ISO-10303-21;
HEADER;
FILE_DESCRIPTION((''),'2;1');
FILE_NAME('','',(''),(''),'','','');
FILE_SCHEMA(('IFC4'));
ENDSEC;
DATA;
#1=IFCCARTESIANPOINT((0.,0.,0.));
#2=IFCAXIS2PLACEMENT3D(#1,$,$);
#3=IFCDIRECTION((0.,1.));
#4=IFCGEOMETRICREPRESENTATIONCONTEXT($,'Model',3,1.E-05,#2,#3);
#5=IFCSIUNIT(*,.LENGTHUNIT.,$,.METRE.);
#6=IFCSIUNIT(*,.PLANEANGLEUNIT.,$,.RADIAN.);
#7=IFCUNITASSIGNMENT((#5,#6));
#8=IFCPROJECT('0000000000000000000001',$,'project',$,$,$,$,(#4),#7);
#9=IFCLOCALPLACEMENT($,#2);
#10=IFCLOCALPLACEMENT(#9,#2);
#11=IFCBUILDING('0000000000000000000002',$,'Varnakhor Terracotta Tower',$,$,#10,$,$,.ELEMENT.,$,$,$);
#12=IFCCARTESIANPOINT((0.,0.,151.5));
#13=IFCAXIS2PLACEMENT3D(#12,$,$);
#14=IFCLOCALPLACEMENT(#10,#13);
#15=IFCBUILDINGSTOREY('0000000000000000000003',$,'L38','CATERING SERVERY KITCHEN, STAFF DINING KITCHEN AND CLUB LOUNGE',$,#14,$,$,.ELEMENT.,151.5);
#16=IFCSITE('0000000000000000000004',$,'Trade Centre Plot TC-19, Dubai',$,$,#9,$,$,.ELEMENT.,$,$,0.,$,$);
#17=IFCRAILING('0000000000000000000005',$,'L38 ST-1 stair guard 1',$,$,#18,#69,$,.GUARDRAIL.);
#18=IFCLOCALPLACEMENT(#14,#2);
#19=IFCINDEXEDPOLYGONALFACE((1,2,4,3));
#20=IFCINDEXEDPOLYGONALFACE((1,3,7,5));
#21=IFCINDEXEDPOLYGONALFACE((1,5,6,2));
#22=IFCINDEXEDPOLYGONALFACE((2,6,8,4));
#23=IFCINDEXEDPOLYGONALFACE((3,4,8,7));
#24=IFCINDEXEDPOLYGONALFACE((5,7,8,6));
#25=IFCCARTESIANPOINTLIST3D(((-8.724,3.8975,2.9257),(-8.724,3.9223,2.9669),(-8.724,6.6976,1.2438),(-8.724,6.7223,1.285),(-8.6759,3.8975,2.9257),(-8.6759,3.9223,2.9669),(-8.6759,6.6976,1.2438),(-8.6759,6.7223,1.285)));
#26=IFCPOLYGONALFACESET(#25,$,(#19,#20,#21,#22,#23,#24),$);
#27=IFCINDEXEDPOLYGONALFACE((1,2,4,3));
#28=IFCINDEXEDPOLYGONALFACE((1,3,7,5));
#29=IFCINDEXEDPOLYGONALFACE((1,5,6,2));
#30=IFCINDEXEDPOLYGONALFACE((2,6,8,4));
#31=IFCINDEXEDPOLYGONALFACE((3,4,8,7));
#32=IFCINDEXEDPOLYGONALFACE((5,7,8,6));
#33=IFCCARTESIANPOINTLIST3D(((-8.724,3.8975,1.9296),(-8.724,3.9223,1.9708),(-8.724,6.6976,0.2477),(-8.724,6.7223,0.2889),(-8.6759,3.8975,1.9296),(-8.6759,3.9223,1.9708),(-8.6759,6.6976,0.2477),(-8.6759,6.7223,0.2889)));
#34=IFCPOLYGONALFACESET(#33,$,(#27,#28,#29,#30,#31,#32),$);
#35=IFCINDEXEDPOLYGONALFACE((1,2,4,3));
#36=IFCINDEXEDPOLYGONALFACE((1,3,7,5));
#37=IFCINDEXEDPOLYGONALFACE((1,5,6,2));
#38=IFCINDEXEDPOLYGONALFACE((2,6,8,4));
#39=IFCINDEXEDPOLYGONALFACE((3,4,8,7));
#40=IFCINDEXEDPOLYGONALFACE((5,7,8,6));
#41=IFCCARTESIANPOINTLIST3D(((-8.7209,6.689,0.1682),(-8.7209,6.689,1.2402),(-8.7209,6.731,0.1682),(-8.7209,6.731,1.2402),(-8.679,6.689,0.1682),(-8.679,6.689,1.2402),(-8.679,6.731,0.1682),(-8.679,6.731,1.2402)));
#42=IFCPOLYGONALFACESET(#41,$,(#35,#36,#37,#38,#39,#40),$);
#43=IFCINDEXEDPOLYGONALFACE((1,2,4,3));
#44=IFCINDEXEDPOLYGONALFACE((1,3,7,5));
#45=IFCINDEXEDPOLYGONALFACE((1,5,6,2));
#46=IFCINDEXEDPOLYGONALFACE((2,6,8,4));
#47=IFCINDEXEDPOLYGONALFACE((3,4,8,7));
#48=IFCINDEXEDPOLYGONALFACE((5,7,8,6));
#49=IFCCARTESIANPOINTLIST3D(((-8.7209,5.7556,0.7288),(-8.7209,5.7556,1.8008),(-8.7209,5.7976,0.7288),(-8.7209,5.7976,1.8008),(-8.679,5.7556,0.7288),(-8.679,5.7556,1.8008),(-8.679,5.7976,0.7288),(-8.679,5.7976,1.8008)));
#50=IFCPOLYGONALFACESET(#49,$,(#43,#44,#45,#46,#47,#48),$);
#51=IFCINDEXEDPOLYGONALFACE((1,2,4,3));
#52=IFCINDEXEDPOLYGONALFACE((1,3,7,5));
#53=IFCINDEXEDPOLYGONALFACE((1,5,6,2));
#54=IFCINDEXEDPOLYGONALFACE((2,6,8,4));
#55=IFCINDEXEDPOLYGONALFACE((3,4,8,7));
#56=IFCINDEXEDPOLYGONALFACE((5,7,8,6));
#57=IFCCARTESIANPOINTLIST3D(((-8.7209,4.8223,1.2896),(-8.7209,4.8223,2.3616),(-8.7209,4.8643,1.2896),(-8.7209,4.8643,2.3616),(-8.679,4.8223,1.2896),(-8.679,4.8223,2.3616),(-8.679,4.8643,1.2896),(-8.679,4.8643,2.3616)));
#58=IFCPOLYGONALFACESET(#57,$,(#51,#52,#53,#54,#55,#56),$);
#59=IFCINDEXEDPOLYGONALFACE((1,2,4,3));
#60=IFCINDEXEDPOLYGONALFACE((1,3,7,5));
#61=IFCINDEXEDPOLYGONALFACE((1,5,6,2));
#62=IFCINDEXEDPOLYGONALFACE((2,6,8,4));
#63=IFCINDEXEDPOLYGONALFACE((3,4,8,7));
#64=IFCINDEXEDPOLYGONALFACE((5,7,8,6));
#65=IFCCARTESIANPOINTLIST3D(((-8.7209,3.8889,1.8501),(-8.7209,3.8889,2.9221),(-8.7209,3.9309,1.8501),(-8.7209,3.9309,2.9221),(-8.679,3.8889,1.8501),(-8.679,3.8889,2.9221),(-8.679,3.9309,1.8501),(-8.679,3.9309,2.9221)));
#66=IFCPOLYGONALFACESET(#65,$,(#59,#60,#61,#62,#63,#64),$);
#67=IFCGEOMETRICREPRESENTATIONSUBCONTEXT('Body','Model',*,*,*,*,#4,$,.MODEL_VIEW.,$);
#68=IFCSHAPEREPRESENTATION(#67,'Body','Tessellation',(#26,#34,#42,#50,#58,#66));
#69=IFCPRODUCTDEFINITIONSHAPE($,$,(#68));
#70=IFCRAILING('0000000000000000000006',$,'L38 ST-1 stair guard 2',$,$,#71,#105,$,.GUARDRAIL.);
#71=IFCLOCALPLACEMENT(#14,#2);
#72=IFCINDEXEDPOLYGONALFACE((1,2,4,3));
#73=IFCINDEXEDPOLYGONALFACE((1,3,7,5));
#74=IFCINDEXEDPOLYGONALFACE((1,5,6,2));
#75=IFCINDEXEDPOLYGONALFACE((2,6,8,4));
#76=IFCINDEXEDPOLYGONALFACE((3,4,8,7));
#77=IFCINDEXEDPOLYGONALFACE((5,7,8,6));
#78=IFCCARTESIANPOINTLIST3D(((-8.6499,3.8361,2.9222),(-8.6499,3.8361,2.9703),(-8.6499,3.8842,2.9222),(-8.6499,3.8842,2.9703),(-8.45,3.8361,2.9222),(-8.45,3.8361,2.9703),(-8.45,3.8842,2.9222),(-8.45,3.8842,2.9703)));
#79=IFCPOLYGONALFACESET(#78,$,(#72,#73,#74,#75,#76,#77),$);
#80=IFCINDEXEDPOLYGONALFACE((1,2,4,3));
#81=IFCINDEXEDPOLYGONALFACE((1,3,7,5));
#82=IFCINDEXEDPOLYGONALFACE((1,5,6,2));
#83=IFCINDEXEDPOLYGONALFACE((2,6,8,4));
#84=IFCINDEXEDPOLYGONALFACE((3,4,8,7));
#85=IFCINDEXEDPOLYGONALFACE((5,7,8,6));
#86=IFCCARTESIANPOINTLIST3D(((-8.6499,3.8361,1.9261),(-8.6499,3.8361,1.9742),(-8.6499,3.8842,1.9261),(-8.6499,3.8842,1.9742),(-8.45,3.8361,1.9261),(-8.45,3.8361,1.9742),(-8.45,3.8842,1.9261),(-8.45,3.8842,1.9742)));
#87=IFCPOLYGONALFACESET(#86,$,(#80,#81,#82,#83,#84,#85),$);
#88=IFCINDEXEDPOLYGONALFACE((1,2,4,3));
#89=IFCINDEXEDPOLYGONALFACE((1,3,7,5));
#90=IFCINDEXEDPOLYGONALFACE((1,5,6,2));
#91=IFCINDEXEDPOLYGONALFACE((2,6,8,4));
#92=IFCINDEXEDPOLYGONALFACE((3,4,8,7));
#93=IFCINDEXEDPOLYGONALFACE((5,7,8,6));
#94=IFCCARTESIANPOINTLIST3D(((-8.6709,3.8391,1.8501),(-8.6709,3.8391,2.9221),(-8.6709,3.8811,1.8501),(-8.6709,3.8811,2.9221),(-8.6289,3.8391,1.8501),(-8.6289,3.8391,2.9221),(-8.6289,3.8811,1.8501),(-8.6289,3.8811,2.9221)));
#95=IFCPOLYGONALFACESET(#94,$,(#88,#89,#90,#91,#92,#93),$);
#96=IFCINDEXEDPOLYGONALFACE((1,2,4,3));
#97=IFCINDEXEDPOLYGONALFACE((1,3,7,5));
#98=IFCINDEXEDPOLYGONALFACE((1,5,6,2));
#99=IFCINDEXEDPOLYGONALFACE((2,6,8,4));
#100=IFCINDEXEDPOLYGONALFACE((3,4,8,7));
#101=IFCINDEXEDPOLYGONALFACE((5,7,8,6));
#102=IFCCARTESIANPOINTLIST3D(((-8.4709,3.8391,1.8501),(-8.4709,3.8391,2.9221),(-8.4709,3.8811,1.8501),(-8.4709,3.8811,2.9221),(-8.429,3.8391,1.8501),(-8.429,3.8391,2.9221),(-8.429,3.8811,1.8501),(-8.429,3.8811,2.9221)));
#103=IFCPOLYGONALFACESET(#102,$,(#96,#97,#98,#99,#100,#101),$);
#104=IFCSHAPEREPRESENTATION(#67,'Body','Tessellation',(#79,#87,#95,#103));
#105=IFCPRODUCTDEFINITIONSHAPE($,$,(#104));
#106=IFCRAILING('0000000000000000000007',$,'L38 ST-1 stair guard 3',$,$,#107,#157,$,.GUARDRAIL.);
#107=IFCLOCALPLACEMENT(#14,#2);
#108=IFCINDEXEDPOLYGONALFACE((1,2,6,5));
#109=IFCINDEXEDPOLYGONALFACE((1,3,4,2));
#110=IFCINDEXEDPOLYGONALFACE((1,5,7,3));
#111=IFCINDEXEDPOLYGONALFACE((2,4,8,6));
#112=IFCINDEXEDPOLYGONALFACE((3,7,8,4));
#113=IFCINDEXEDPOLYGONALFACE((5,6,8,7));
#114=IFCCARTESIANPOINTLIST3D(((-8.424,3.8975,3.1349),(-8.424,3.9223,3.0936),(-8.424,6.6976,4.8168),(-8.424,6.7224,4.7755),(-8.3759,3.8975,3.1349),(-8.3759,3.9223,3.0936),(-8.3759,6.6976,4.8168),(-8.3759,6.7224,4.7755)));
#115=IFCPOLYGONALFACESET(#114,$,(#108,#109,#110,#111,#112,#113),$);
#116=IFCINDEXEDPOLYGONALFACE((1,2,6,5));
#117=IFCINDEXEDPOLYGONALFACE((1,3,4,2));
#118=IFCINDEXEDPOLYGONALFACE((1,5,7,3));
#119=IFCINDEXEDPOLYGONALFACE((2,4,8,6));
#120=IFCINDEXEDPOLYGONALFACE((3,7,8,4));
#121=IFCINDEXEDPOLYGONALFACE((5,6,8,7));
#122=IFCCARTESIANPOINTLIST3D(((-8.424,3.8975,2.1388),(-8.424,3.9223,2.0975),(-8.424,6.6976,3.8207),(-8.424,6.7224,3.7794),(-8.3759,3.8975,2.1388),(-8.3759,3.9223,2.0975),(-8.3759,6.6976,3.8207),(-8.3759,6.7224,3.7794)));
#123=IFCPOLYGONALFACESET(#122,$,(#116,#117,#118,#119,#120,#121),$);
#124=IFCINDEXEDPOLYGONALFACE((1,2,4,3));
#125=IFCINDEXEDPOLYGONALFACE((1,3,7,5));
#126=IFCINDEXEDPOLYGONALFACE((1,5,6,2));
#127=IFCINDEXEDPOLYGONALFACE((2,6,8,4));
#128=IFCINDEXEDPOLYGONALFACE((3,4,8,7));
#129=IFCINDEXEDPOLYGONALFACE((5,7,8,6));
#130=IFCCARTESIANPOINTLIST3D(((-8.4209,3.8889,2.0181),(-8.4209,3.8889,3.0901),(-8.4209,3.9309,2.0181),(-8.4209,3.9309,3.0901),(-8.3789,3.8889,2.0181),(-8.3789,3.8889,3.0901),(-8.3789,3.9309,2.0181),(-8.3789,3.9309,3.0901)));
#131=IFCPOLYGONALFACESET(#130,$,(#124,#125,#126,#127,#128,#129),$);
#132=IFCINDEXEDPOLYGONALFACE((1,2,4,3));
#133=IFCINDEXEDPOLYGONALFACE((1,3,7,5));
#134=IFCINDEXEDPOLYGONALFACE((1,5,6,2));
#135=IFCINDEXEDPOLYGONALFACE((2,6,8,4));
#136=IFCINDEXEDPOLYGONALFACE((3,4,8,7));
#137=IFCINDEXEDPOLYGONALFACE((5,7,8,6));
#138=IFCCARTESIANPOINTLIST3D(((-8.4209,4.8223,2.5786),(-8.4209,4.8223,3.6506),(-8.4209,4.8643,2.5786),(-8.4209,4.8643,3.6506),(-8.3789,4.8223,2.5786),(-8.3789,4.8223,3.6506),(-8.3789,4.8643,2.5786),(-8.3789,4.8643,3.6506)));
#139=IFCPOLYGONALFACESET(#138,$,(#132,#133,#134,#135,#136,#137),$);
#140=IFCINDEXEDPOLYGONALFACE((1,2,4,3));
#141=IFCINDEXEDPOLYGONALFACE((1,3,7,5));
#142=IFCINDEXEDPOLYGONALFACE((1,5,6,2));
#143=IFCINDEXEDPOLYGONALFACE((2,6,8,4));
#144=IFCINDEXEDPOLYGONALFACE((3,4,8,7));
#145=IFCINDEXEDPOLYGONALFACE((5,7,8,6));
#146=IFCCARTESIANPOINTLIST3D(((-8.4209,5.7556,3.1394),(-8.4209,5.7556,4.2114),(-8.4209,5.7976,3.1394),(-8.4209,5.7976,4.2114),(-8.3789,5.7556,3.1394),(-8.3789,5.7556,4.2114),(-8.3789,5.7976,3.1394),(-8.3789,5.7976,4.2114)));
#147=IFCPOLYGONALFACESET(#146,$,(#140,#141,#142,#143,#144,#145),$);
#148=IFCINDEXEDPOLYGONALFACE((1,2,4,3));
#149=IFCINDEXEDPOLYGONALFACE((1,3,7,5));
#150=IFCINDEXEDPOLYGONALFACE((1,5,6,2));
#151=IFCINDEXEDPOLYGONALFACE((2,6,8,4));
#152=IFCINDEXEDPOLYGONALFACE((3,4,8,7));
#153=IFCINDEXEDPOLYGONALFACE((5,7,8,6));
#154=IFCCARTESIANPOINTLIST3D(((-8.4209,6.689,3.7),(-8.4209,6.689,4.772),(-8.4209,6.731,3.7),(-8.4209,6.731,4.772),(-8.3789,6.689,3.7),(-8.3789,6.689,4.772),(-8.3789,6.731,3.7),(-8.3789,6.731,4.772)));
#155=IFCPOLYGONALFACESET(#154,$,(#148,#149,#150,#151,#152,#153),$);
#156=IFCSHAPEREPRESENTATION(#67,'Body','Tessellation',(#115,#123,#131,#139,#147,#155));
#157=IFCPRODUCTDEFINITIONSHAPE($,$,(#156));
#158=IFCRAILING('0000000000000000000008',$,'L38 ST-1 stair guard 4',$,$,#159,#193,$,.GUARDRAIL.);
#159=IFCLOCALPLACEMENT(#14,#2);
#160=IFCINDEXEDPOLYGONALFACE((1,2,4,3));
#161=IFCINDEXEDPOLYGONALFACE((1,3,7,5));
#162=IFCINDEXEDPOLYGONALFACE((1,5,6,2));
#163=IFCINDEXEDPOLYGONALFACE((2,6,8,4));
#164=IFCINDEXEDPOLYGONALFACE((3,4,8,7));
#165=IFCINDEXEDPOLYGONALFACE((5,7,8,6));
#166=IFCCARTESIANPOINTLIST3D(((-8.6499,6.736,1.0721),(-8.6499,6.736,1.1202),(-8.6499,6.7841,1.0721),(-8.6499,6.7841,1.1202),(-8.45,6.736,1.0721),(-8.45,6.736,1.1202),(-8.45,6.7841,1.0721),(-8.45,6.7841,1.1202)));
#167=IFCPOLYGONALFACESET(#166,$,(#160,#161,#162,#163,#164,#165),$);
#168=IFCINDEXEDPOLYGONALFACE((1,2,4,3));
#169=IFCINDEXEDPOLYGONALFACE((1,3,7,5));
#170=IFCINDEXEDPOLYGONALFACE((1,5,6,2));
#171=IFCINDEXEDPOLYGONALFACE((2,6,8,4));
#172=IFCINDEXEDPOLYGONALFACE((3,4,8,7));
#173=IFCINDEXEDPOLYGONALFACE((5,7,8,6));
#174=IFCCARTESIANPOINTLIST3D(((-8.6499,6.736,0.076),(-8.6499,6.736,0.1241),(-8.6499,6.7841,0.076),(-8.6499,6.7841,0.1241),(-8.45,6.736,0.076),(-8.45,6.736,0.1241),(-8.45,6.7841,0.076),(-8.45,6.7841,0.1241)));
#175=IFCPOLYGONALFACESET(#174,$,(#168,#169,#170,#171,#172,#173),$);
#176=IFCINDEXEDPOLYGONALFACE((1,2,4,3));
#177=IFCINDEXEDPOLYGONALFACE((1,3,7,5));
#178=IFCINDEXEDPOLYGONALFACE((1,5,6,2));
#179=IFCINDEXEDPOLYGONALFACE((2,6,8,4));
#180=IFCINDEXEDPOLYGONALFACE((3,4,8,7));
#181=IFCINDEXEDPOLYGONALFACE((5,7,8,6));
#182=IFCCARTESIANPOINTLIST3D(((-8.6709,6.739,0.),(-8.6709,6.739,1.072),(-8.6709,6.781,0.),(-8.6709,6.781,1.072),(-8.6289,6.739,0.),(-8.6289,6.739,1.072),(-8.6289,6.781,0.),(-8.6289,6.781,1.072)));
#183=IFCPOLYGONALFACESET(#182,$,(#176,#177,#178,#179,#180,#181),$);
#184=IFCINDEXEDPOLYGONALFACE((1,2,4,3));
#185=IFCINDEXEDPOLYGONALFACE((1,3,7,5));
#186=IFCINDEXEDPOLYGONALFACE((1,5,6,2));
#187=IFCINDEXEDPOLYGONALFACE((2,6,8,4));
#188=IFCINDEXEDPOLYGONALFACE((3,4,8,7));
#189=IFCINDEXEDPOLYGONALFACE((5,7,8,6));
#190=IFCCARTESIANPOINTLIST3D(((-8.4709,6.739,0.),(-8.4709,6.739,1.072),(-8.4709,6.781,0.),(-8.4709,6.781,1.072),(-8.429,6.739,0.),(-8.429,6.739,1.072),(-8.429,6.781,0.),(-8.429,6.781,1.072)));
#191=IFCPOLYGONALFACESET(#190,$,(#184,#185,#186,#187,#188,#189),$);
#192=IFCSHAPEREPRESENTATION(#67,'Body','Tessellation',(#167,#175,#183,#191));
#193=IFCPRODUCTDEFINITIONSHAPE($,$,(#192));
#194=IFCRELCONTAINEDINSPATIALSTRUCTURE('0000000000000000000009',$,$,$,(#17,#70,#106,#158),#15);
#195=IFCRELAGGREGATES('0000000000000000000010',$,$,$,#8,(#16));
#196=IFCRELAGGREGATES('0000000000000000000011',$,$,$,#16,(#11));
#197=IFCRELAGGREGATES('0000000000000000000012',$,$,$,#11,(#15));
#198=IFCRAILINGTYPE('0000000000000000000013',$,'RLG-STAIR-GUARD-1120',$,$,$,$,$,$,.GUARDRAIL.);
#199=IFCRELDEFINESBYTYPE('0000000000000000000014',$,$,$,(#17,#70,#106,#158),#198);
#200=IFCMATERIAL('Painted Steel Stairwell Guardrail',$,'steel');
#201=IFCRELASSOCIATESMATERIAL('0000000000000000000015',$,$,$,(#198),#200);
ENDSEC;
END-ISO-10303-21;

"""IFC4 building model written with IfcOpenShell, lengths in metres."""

from ifc_helpers import new_model, si_unit, direction, frame, origin, origin_2d, place, context, subcontext, project, spatial, rectangle, extrude, material, type_object, element, save


model = new_model("IFC4")

# Units and contexts
model_context = context("Model", 3, precision=1e-05, world=origin(), true_north=direction((0.0, 1.0)))
body_context = subcontext(model_context, "Body", "Model", "MODEL_VIEW")
ifc_project = project(units=[si_unit("LENGTHUNIT", "METRE"), si_unit("PLANEANGLEUNIT", "RADIAN")], contexts=[model_context])

# Site, building, storey
site_placement = place(None, origin())
site = spatial("IfcSite", under=ifc_project, at=site_placement, Name="Trade Centre Plot TC-19, Dubai", CompositionType="ELEMENT", RefElevation=0.0)
building_placement = place(site_placement, origin())
building = spatial("IfcBuilding", under=site, at=building_placement, Name="Varnakhor Terracotta Tower", CompositionType="ELEMENT")
storey_placement = place(building_placement, frame((0.0, 0.0, 151.5)))
storey = spatial("IfcBuildingStorey", under=building, at=storey_placement, Name="L38", Description="CATERING SERVERY KITCHEN, STAFF DINING KITCHEN AND CLUB LOUNGE", CompositionType="ELEMENT", Elevation=151.5)

# Railings
ifc_material_1 = material(Name="Painted Steel Stairwell Guardrail", Category="steel")
railing_type_1 = type_object("IfcRailingType", Name="RLG-STAIR-GUARD-1120", PredefinedType="GUARDRAIL", material=ifc_material_1)
railing_1_placement = place(storey_placement, frame((-8.7, 6.71, 0.1682)))
element("IfcRailing", 1, at=railing_1_placement, inside=storey, type_object=railing_type_1, Name="L38 ST-1 stair guard 1", PredefinedType="GUARDRAIL", context=body_context, shape_type="SweptSolid", body=[
    extrude(rectangle(XDim=0.0481, YDim=0.0481, at=origin_2d()), frame((0.0, 0.0, 1.0962), z_axis=(0.0, -0.857242, 0.514913), x_axis=(1.0, 0.0, 0.0)), (0.0, 0.0, 1.0), 3.2664),
    extrude(rectangle(XDim=0.0481, YDim=0.0481, at=origin_2d()), frame((0.0, 0.0, 0.1001), z_axis=(0.0, -0.857242, 0.514913), x_axis=(1.0, 0.0, 0.0)), (0.0, 0.0, 1.0), 3.2664),
    extrude(rectangle(XDim=0.042, YDim=0.042, at=origin_2d()), origin(), (0.0, 0.0, 1.0), 1.072),
    extrude(rectangle(XDim=0.042, YDim=0.042, at=origin_2d()), frame((0.0, -0.9333, 0.5605)), (0.0, 0.0, 1.0), 1.072),
    extrude(rectangle(XDim=0.042, YDim=0.042, at=origin_2d()), frame((0.0, -1.8667, 1.1213)), (0.0, 0.0, 1.0), 1.072),
    extrude(rectangle(XDim=0.042, YDim=0.042, at=origin_2d()), frame((0.0, -2.8, 1.6819)), (0.0, 0.0, 1.0), 1.072),
])
railing_2_placement = place(storey_placement, frame((-8.6499, 3.8601, 1.8501)))
element("IfcRailing", 2, at=railing_2_placement, inside=storey, type_object=railing_type_1, Name="L38 ST-1 stair guard 2", PredefinedType="GUARDRAIL", context=body_context, shape_type="SweptSolid", body=[
    extrude(rectangle(XDim=0.0481, YDim=0.0481, at=origin_2d()), frame((0.0, 0.0, 1.0962), z_axis=(1.0, 0.0, 0.0), x_axis=(0.0, 1.0, 0.0)), (0.0, 0.0, 1.0), 0.2),
    extrude(rectangle(XDim=0.0481, YDim=0.0481, at=origin_2d()), frame((0.0, 0.0, 0.1001), z_axis=(1.0, 0.0, 0.0), x_axis=(0.0, 1.0, 0.0)), (0.0, 0.0, 1.0), 0.2),
    extrude(rectangle(XDim=0.042, YDim=0.042, at=origin_2d()), origin(), (0.0, 0.0, 1.0), 1.072),
    extrude(rectangle(XDim=0.042, YDim=0.042, at=origin_2d()), frame((0.2, 0.0, 0.0)), (0.0, 0.0, 1.0), 1.072),
])
railing_3_placement = place(storey_placement, frame((-8.3999, 3.9099, 2.0181)))
element("IfcRailing", 3, at=railing_3_placement, inside=storey, type_object=railing_type_1, Name="L38 ST-1 stair guard 3", PredefinedType="GUARDRAIL", context=body_context, shape_type="SweptSolid", body=[
    extrude(rectangle(XDim=0.0481, YDim=0.0481, at=origin_2d()), frame((0.0, 0.0, 1.0962), z_axis=(0.0, 0.857242, 0.514913), x_axis=(-1.0, 0.0, 0.0)), (0.0, 0.0, 1.0), 3.2664),
    extrude(rectangle(XDim=0.0481, YDim=0.0481, at=origin_2d()), frame((0.0, 0.0, 0.1001), z_axis=(0.0, 0.857242, 0.514913), x_axis=(-1.0, 0.0, 0.0)), (0.0, 0.0, 1.0), 3.2664),
    extrude(rectangle(XDim=0.042, YDim=0.042, at=origin_2d()), origin(), (0.0, 0.0, 1.0), 1.072),
    extrude(rectangle(XDim=0.042, YDim=0.042, at=origin_2d()), frame((0.0, 0.9333, 0.5605)), (0.0, 0.0, 1.0), 1.072),
    extrude(rectangle(XDim=0.042, YDim=0.042, at=origin_2d()), frame((0.0, 1.8667, 1.1213)), (0.0, 0.0, 1.0), 1.072),
    extrude(rectangle(XDim=0.042, YDim=0.042, at=origin_2d()), frame((0.0, 2.8, 1.6819)), (0.0, 0.0, 1.0), 1.072),
])
railing_4_placement = place(storey_placement, frame((-8.6499, 6.76, 0.0)))
element("IfcRailing", 4, at=railing_4_placement, inside=storey, type_object=railing_type_1, Name="L38 ST-1 stair guard 4", PredefinedType="GUARDRAIL", context=body_context, shape_type="SweptSolid", body=[
    extrude(rectangle(XDim=0.0481, YDim=0.0481, at=origin_2d()), frame((0.0, 0.0, 1.0962), z_axis=(1.0, 0.0, 0.0), x_axis=(0.0, 1.0, 0.0)), (0.0, 0.0, 1.0), 0.2),
    extrude(rectangle(XDim=0.0481, YDim=0.0481, at=origin_2d()), frame((0.0, 0.0, 0.1001), z_axis=(1.0, 0.0, 0.0), x_axis=(0.0, 1.0, 0.0)), (0.0, 0.0, 1.0), 0.2),
    extrude(rectangle(XDim=0.042, YDim=0.042, at=origin_2d()), origin(), (0.0, 0.0, 1.0), 1.072),
    extrude(rectangle(XDim=0.042, YDim=0.042, at=origin_2d()), frame((0.2, 0.0, 0.0)), (0.0, 0.0, 1.0), 1.072),
])

save(model, "model.ifc")
